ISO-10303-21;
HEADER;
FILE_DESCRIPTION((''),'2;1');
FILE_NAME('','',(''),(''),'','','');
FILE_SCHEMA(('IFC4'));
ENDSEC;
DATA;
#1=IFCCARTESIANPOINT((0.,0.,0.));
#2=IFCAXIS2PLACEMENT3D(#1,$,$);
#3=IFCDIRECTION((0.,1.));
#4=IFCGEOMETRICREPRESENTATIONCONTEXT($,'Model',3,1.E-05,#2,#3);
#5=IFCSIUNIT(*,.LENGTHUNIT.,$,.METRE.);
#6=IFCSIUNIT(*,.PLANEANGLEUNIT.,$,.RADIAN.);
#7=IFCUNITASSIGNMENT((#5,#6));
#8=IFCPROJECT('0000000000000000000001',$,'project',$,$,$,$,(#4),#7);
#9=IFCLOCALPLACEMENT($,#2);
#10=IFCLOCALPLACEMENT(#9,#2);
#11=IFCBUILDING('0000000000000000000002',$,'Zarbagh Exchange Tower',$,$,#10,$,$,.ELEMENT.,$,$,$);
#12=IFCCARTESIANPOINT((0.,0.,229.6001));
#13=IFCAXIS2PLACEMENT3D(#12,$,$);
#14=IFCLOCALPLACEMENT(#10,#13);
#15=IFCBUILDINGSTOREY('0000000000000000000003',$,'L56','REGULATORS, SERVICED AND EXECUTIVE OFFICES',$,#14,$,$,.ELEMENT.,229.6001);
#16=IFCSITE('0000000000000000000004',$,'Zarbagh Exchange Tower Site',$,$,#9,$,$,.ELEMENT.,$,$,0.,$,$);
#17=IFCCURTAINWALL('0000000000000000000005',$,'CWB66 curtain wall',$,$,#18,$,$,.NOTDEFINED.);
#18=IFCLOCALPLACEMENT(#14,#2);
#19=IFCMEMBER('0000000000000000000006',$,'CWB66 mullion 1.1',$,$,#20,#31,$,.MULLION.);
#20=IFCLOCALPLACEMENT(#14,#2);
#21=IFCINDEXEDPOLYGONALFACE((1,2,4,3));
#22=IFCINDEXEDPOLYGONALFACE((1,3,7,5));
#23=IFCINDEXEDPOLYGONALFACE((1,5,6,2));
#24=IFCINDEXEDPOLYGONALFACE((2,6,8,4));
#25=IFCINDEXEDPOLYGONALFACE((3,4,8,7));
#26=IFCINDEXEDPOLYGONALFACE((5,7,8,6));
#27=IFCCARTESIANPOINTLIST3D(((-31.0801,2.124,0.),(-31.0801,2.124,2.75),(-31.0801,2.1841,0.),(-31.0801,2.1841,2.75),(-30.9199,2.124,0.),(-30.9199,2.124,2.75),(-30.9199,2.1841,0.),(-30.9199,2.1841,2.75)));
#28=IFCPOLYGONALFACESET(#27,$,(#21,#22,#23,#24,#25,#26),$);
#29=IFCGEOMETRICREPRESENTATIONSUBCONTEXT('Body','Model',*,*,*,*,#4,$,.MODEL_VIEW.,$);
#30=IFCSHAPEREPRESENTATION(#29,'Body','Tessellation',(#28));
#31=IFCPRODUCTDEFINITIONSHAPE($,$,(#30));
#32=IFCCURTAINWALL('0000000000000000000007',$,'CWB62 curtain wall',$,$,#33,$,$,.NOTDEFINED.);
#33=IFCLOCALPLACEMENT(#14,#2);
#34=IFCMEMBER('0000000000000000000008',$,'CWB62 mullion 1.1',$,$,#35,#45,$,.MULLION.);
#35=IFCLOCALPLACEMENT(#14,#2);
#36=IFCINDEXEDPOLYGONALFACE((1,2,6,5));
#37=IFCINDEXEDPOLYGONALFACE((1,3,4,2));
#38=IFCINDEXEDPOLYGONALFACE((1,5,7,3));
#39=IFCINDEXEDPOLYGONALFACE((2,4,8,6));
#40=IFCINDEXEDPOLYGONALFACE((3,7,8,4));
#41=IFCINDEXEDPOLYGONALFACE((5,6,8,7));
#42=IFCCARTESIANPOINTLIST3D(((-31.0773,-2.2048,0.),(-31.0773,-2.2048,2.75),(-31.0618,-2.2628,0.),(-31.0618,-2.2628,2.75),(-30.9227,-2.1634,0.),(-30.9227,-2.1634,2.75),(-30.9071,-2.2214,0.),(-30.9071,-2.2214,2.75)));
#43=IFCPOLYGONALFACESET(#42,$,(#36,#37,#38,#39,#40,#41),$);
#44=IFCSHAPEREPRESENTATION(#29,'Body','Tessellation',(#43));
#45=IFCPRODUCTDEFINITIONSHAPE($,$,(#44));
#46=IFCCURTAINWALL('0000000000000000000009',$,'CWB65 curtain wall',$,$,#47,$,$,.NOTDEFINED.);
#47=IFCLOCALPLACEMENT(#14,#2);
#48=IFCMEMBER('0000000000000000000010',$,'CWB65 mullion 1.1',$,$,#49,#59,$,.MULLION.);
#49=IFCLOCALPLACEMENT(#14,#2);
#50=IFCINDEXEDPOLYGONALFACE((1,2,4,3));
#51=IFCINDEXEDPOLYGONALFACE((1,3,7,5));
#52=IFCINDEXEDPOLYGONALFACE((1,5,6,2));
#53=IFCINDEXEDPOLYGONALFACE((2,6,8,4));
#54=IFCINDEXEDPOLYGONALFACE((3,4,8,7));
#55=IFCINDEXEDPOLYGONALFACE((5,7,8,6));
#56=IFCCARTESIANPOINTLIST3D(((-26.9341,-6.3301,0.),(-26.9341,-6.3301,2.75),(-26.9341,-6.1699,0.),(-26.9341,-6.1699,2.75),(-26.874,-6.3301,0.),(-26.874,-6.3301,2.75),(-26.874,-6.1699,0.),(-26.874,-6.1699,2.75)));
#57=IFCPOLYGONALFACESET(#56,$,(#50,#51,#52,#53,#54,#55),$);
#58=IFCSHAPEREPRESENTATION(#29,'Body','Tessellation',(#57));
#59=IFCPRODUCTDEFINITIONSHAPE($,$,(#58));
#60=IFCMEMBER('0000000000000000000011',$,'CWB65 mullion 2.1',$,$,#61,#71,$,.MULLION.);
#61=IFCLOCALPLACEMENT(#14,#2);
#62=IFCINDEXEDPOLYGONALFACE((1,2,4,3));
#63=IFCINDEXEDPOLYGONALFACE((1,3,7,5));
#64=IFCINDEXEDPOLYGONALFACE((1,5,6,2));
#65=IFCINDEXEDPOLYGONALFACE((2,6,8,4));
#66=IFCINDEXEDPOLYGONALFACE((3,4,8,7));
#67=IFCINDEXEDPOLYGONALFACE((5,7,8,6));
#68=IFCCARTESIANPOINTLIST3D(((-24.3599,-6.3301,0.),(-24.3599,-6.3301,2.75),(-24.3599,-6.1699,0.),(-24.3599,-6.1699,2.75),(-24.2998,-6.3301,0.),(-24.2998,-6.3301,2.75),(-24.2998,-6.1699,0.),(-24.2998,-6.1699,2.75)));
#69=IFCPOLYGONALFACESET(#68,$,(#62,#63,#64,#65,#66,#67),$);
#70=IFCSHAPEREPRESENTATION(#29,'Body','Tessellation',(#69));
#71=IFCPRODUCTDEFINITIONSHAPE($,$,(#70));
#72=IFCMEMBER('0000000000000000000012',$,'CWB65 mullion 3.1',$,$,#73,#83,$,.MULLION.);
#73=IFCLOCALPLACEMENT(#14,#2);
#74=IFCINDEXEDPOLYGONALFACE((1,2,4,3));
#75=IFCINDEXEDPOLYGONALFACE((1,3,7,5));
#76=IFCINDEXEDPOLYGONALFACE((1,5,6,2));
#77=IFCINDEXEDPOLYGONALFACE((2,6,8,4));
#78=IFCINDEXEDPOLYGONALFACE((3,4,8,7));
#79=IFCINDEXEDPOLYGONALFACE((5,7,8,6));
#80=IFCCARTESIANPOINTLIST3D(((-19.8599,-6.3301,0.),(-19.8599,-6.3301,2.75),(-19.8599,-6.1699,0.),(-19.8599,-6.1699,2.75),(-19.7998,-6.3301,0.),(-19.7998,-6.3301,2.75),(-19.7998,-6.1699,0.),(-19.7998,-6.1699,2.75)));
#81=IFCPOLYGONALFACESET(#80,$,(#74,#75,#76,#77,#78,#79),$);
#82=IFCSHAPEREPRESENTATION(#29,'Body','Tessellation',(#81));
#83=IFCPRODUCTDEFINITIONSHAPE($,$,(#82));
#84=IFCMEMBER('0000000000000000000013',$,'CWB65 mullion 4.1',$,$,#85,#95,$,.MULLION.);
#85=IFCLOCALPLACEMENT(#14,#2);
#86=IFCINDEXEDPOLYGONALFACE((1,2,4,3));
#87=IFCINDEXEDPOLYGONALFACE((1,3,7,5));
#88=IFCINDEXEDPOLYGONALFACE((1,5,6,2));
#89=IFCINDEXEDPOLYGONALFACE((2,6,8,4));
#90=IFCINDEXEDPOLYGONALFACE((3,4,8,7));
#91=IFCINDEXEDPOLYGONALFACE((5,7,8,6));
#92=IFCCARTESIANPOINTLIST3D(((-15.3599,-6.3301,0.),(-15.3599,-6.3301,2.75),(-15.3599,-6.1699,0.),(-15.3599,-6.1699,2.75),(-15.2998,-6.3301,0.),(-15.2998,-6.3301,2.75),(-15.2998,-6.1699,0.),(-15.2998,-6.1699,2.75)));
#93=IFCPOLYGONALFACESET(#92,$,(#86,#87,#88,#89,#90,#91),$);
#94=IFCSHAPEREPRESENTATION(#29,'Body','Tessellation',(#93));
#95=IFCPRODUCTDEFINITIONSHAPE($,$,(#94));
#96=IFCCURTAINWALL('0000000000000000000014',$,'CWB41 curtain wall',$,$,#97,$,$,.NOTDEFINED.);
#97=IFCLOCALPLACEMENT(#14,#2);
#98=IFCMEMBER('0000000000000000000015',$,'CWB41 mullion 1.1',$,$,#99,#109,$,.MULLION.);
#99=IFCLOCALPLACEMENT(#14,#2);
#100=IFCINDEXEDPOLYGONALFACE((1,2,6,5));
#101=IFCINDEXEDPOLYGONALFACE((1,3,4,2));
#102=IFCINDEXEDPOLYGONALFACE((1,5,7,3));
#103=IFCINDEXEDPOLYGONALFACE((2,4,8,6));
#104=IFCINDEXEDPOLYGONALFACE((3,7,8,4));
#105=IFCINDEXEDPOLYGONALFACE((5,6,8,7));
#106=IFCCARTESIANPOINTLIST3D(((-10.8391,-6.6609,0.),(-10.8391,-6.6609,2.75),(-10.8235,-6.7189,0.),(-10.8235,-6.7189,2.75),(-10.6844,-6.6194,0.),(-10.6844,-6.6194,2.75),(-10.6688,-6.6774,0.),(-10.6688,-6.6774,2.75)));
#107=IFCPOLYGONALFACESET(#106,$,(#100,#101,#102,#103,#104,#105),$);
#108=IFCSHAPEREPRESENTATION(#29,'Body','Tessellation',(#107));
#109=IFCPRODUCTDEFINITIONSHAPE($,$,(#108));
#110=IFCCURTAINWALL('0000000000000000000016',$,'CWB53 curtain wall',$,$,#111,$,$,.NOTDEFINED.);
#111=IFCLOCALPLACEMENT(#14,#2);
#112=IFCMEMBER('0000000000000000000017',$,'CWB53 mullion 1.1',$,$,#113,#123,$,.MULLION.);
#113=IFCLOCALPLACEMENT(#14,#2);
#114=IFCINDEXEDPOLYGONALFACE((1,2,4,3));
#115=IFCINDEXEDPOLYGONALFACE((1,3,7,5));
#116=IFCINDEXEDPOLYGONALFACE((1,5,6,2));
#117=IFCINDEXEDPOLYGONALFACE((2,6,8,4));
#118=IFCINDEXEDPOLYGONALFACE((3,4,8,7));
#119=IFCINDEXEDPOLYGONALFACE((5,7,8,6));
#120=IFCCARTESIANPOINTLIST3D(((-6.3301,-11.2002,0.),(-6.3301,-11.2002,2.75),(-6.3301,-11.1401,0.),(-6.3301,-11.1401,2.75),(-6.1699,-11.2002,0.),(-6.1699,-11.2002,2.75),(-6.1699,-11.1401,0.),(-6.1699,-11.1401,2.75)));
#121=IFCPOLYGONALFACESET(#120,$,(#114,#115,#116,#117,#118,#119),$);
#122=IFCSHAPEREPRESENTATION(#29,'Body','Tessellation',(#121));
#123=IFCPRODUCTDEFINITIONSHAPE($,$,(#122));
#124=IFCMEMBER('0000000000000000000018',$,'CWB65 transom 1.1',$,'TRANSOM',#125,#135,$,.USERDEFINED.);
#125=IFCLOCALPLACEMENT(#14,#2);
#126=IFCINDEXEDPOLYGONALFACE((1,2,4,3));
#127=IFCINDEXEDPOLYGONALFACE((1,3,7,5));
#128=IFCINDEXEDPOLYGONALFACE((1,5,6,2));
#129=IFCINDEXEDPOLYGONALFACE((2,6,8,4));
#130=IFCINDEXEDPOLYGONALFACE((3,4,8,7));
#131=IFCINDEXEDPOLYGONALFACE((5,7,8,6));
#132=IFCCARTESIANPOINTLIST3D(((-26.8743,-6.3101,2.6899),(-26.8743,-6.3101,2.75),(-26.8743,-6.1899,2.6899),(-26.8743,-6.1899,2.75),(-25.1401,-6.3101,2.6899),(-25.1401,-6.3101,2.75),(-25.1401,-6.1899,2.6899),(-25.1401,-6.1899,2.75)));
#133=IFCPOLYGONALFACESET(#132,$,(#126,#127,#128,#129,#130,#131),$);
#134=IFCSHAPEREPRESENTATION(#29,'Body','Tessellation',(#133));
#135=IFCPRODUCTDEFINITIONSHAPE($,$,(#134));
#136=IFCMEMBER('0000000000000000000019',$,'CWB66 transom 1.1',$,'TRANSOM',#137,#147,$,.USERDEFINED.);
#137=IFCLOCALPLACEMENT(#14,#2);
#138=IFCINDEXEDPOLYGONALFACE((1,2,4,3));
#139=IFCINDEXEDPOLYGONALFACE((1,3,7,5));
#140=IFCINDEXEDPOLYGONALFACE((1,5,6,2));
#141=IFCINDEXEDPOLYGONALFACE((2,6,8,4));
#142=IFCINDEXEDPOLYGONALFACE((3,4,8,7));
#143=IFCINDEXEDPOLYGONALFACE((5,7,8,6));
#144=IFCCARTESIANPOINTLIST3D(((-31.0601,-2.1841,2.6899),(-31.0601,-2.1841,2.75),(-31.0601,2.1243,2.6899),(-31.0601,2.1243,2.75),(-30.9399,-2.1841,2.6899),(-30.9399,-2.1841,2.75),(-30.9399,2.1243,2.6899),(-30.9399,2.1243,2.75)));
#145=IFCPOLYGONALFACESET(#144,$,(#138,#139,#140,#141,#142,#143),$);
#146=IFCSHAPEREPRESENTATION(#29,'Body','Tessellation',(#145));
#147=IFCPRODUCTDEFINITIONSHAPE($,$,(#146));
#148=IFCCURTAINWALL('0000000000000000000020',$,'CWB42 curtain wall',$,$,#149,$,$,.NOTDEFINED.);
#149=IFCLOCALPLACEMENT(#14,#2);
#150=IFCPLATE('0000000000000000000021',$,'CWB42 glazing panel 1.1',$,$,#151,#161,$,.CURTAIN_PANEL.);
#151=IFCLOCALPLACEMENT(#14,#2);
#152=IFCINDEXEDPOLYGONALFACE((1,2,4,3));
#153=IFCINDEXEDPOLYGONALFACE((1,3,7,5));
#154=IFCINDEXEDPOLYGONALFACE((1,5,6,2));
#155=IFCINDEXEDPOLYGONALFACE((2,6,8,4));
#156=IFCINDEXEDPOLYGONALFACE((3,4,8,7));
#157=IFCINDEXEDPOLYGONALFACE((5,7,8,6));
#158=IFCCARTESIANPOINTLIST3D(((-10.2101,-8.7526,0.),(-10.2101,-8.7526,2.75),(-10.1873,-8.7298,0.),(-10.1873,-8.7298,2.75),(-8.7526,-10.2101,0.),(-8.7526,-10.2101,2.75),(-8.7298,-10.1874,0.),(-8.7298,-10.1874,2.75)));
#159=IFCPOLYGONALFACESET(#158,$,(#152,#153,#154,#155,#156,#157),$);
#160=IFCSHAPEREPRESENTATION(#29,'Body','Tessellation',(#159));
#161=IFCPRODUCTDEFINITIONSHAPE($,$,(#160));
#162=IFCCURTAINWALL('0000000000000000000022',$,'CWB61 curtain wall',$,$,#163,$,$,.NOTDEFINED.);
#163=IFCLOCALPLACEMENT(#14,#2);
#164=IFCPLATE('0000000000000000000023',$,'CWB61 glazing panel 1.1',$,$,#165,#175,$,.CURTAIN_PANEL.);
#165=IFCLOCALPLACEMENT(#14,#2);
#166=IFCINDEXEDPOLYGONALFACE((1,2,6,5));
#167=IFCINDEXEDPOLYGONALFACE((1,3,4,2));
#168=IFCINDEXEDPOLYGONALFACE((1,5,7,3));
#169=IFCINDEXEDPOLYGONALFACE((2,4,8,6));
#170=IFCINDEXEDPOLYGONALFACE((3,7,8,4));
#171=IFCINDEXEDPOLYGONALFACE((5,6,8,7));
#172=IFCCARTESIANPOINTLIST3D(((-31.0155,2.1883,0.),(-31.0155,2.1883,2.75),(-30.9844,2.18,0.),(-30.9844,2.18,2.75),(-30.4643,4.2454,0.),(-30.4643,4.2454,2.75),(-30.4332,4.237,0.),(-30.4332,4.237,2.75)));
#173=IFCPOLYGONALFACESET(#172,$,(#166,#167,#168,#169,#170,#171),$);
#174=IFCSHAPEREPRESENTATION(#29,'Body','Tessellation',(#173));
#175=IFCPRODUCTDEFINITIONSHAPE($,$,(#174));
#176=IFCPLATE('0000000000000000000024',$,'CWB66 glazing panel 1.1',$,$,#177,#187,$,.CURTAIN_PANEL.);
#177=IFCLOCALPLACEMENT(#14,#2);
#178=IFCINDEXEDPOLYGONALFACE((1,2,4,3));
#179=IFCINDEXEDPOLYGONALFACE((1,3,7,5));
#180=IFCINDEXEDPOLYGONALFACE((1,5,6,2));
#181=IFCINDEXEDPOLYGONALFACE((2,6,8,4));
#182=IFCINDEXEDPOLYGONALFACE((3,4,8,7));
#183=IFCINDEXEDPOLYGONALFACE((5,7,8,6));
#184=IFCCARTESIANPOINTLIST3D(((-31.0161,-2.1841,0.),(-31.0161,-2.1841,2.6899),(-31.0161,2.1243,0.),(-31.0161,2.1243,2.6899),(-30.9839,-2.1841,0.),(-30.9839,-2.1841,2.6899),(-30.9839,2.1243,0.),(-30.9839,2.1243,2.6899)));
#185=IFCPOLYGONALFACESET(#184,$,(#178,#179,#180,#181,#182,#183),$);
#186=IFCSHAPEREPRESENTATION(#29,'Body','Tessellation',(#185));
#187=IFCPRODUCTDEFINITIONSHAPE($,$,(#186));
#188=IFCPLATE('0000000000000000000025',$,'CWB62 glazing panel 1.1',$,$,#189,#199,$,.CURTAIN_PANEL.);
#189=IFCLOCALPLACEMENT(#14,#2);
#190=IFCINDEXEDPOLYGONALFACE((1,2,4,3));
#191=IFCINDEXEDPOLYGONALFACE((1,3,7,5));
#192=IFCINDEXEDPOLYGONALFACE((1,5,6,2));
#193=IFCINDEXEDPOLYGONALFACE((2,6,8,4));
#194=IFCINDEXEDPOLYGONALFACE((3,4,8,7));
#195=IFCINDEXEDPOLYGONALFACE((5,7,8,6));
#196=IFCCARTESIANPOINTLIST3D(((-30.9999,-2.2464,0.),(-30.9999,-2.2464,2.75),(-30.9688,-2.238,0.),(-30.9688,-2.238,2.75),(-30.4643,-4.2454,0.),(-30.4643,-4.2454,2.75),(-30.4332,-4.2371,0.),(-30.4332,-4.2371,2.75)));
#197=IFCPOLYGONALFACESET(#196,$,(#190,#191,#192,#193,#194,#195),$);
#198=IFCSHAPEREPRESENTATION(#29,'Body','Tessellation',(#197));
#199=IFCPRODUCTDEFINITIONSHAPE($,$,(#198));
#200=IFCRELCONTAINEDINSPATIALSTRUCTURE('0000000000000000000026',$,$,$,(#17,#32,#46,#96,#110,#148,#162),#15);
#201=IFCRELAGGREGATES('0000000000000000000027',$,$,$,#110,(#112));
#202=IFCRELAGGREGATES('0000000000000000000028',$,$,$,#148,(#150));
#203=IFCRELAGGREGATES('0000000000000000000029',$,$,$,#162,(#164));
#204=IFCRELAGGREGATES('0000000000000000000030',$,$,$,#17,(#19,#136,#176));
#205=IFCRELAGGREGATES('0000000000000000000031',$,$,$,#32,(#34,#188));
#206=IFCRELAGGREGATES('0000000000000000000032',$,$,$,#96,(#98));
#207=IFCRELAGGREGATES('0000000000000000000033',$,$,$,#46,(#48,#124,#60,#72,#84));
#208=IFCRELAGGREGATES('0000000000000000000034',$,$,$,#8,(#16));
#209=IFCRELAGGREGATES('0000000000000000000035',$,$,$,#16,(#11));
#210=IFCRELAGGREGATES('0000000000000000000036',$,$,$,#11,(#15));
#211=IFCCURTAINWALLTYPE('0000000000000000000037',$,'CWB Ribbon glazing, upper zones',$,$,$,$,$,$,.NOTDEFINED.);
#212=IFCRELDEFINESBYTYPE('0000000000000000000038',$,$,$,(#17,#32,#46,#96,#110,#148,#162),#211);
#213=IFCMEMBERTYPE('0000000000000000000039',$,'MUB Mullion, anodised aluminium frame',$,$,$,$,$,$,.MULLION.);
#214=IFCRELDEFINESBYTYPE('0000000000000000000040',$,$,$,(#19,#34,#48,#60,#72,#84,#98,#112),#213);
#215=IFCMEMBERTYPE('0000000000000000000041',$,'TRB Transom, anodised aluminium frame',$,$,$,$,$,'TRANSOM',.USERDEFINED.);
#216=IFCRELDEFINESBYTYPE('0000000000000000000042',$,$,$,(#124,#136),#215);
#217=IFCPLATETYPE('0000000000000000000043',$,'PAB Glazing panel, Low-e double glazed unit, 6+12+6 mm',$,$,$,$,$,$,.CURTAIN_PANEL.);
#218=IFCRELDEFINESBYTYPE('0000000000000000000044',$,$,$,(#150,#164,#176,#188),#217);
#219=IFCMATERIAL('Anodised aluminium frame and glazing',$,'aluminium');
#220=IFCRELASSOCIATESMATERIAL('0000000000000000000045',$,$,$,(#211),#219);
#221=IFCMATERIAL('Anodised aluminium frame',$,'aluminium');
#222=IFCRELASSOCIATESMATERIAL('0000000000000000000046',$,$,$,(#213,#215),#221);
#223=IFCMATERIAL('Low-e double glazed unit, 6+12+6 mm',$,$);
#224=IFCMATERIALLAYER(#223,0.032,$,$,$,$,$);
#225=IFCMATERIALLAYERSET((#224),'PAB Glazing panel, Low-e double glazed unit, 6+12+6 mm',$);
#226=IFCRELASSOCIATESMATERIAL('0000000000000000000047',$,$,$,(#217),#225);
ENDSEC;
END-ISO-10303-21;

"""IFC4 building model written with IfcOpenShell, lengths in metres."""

from ifc_helpers import new_model, si_unit, direction, frame, origin, place, context, subcontext, project, spatial, polyline, outline, extrude, source, transform, mapped, material, layer, layer_set, type_object, element, aggregate, save


model = new_model("IFC4")

# Units and contexts
model_context = context("Model", 3, precision=1e-05, world=origin(), true_north=direction((0.0, 1.0)))
body_context = subcontext(model_context, "Body", "Model", "MODEL_VIEW")
ifc_project = project(units=[si_unit("LENGTHUNIT", "METRE"), si_unit("PLANEANGLEUNIT", "RADIAN")], contexts=[model_context])

# Site, building, storey
site_placement = place(None, origin())
site = spatial("IfcSite", under=ifc_project, at=site_placement, Name="Zarbagh Exchange Tower Site", CompositionType="ELEMENT", RefElevation=0.0)
building_placement = place(site_placement, origin())
building = spatial("IfcBuilding", under=site, at=building_placement, Name="Zarbagh Exchange Tower", CompositionType="ELEMENT")
storey_placement = place(building_placement, frame((0.0, 0.0, 229.6001)))
storey = spatial("IfcBuildingStorey", under=building, at=storey_placement, Name="L56", Description="REGULATORS, SERVICED AND EXECUTIVE OFFICES", CompositionType="ELEMENT", Elevation=229.6001)

# Curtain walls, members
ifc_material_1 = material(Name="Anodised aluminium frame and glazing", Category="aluminium")
curtain_wall_type = type_object("IfcCurtainWallType", Name="CWB Ribbon glazing, upper zones", PredefinedType="NOTDEFINED", material=ifc_material_1)
curtain_wall_1_placement = place(storey_placement, origin())
curtain_wall_1 = element("IfcCurtainWall", 1, at=curtain_wall_1_placement, inside=storey, type_object=curtain_wall_type, Name="CWB66 curtain wall", PredefinedType="NOTDEFINED")
ifc_material_2 = material(Name="Anodised aluminium frame", Category="aluminium")
member_type_1 = type_object("IfcMemberType", Name="MUB Mullion, anodised aluminium frame", PredefinedType="MULLION", material=ifc_material_2)
shared_shape_1 = source(origin(), body_context, "Body", "SweptSolid", [
    extrude(outline(polyline([(0.0, -0.0801), (0.0601, -0.0801), (0.0601, 0.0801), (0.0, 0.0801), (0.0, -0.0801)])), origin(), (0.0, 0.0, 1.0), 2.75),
])
placement = place(storey_placement, origin())
member_1 = element("IfcMember", 2, at=placement, type_object=member_type_1, Name="CWB66 mullion 1.1", PredefinedType="MULLION", context=body_context, shape_type="MappedRepresentation", body=[
    mapped(shared_shape_1, transform((-31.0, 2.1841, 0.0), x_axis=(0.0, -1.0, 0.0), y_axis=(1.0, 0.0, 0.0), z_axis=(0.0, 0.0, 1.0))),
])
curtain_wall_2_placement = place(storey_placement, origin())
curtain_wall_2 = element("IfcCurtainWall", 3, at=curtain_wall_2_placement, inside=storey, type_object=curtain_wall_type, Name="CWB62 curtain wall", PredefinedType="NOTDEFINED")
member_2 = element("IfcMember", 4, at=placement, type_object=member_type_1, Name="CWB62 mullion 1.1", PredefinedType="MULLION", context=body_context, shape_type="MappedRepresentation", body=[
    mapped(shared_shape_1, transform((-31.0, -2.1841, 0.0), x_axis=(0.258825, -0.965924, 0.0), y_axis=(0.965924, 0.258825, 0.0), z_axis=(0.0, 0.0, 1.0))),
])

# Curtain wall, members
curtain_wall_3_placement = place(storey_placement, origin())
curtain_wall_3 = element("IfcCurtainWall", 5, at=curtain_wall_3_placement, inside=storey, type_object=curtain_wall_type, Name="CWB65 curtain wall", PredefinedType="NOTDEFINED")
member_3 = element("IfcMember", 6, at=placement, type_object=member_type_1, Name="CWB65 mullion 1.1", PredefinedType="MULLION", context=body_context, shape_type="MappedRepresentation", body=[
    mapped(shared_shape_1, transform((-26.9341, -6.25, 0.0), x_axis=(1.0, 0.0, 0.0), y_axis=(0.0, 1.0, 0.0), z_axis=(0.0, 0.0, 1.0))),
])
member_4 = element("IfcMember", 7, at=placement, type_object=member_type_1, Name="CWB65 mullion 2.1", PredefinedType="MULLION", context=body_context, shape_type="MappedRepresentation", body=[
    mapped(shared_shape_1, transform((-24.3599, -6.25, 0.0), x_axis=(1.0, 0.0, 0.0), y_axis=(0.0, 1.0, 0.0), z_axis=(0.0, 0.0, 1.0))),
])
member_5 = element("IfcMember", 8, at=placement, type_object=member_type_1, Name="CWB65 mullion 3.1", PredefinedType="MULLION", context=body_context, shape_type="MappedRepresentation", body=[
    mapped(shared_shape_1, transform((-19.8599, -6.25, 0.0), x_axis=(1.0, 0.0, 0.0), y_axis=(0.0, 1.0, 0.0), z_axis=(0.0, 0.0, 1.0))),
])
member_6 = element("IfcMember", 9, at=placement, type_object=member_type_1, Name="CWB65 mullion 4.1", PredefinedType="MULLION", context=body_context, shape_type="MappedRepresentation", body=[
    mapped(shared_shape_1, transform((-15.3599, -6.25, 0.0), x_axis=(1.0, 0.0, 0.0), y_axis=(0.0, 1.0, 0.0), z_axis=(0.0, 0.0, 1.0))),
])

# Curtain walls, members
curtain_wall_4_placement = place(storey_placement, origin())
curtain_wall_4 = element("IfcCurtainWall", 10, at=curtain_wall_4_placement, inside=storey, type_object=curtain_wall_type, Name="CWB41 curtain wall", PredefinedType="NOTDEFINED")
member_7 = element("IfcMember", 11, at=placement, type_object=member_type_1, Name="CWB41 mullion 1.1", PredefinedType="MULLION", context=body_context, shape_type="MappedRepresentation", body=[
    mapped(shared_shape_1, transform((-10.7617, -6.6401, 0.0), x_axis=(0.258825, -0.965924, 0.0), y_axis=(0.965924, 0.258825, 0.0), z_axis=(0.0, 0.0, 1.0))),
])
curtain_wall_5_placement = place(storey_placement, origin())
curtain_wall_5 = element("IfcCurtainWall", 12, at=curtain_wall_5_placement, inside=storey, type_object=curtain_wall_type, Name="CWB53 curtain wall", PredefinedType="NOTDEFINED")
member_8 = element("IfcMember", 13, at=placement, type_object=member_type_1, Name="CWB53 mullion 1.1", PredefinedType="MULLION", context=body_context, shape_type="MappedRepresentation", body=[
    mapped(shared_shape_1, transform((-6.25, -11.1401, 0.0), x_axis=(0.0, -1.0, 0.0), y_axis=(1.0, 0.0, 0.0), z_axis=(0.0, 0.0, 1.0))),
])
aggregate(curtain_wall_5, [member_8])

# Members
member_type_2 = type_object("IfcMemberType", Name="TRB Transom, anodised aluminium frame", ElementType="TRANSOM", PredefinedType="USERDEFINED", material=ifc_material_2)
shared_shape_2 = source(origin(), body_context, "Body", "SweptSolid", [
    extrude(outline(polyline([(-0.0601, -0.0601), (0.0, -0.0601), (0.0, 0.0601), (-0.0601, 0.0601), (-0.0601, -0.0601)])), origin(), (0.0, 0.0, 1.0), 1.7341),
])
member_9 = element("IfcMember", 14, at=placement, type_object=member_type_2, Name="CWB65 transom 1.1", ObjectType="TRANSOM", PredefinedType="USERDEFINED", context=body_context, shape_type="MappedRepresentation", body=[
    mapped(shared_shape_2, transform((-26.8743, -6.25, 2.75), x_axis=(0.0, 0.0, 1.0), y_axis=(0.0, -1.0, 0.0), z_axis=(1.0, 0.0, 0.0))),
])
shared_shape_3 = source(origin(), body_context, "Body", "SweptSolid", [
    extrude(outline(polyline([(-0.0601, -0.0601), (0.0, -0.0601), (0.0, 0.0601), (-0.0601, 0.0601), (-0.0601, -0.0601)])), origin(), (0.0, 0.0, 1.0), 4.3083),
])
member_10 = element("IfcMember", 15, at=placement, type_object=member_type_2, Name="CWB66 transom 1.1", ObjectType="TRANSOM", PredefinedType="USERDEFINED", context=body_context, shape_type="MappedRepresentation", body=[
    mapped(shared_shape_3, transform((-31.0, 2.1243, 2.75), x_axis=(0.0, 0.0, 1.0), y_axis=(-1.0, 0.0, 0.0), z_axis=(0.0, -1.0, 0.0))),
])

# Curtain walls, plates
curtain_wall_6_placement = place(storey_placement, origin())
curtain_wall_6 = element("IfcCurtainWall", 16, at=curtain_wall_6_placement, inside=storey, type_object=curtain_wall_type, Name="CWB42 curtain wall", PredefinedType="NOTDEFINED")
ifc_material_3 = material(Name="Low-e double glazed unit, 6+12+6 mm")
ifc_layer = layer(ifc_material_3, 0.032)
ifc_layer_set = layer_set([ifc_layer], Name="PAB Glazing panel, Low-e double glazed unit, 6+12+6 mm")
plate_type = type_object("IfcPlateType", Name="PAB Glazing panel, Low-e double glazed unit, 6+12+6 mm", PredefinedType="CURTAIN_PANEL", material=ifc_layer_set)
shared_shape_4 = source(origin(), body_context, "Body", "SweptSolid", [
    extrude(outline(polyline([(0.0, -0.0161), (2.0613, -0.0161), (2.0613, 0.0161), (0.0, 0.0161), (0.0, -0.0161)])), origin(), (0.0, 0.0, 1.0), 2.75),
])
plate_1 = element("IfcPlate", 17, at=placement, type_object=plate_type, Name="CWB42 glazing panel 1.1", PredefinedType="CURTAIN_PANEL", context=body_context, shape_type="MappedRepresentation", body=[
    mapped(shared_shape_4, transform((-10.1987, -8.7412, 0.0), x_axis=(0.707107, -0.707107, 0.0), y_axis=(0.707107, 0.707107, 0.0), z_axis=(0.0, 0.0, 1.0))),
])
aggregate(curtain_wall_6, [plate_1])
curtain_wall_7_placement = place(storey_placement, origin())
curtain_wall_7 = element("IfcCurtainWall", 18, at=curtain_wall_7_placement, inside=storey, type_object=curtain_wall_type, Name="CWB61 curtain wall", PredefinedType="NOTDEFINED")
shared_shape_5 = source(origin(), body_context, "Body", "SweptSolid", [
    extrude(outline(polyline([(0.0, -0.0161), (2.1296, -0.0161), (2.1296, 0.0161), (0.0, 0.0161), (0.0, -0.0161)])), origin(), (0.0, 0.0, 1.0), 2.75),
])
plate_2 = element("IfcPlate", 19, at=placement, type_object=plate_type, Name="CWB61 glazing panel 1.1", PredefinedType="CURTAIN_PANEL", context=body_context, shape_type="MappedRepresentation", body=[
    mapped(shared_shape_5, transform((-30.4487, 4.2412, 0.0), x_axis=(-0.258825, -0.965924, 0.0), y_axis=(0.965924, -0.258825, 0.0), z_axis=(0.0, 0.0, 1.0))),
])
aggregate(curtain_wall_7, [plate_2])

# Plates
shared_shape_6 = source(origin(), body_context, "Body", "SweptSolid", [
    extrude(outline(polyline([(0.0, -0.0161), (4.3083, -0.0161), (4.3083, 0.0161), (0.0, 0.0161), (0.0, -0.0161)])), origin(), (0.0, 0.0, 1.0), 2.6899),
])
plate_3 = element("IfcPlate", 20, at=placement, type_object=plate_type, Name="CWB66 glazing panel 1.1", PredefinedType="CURTAIN_PANEL", context=body_context, shape_type="MappedRepresentation", body=[
    mapped(shared_shape_6, transform((-31.0, 2.1243, 0.0), x_axis=(0.0, -1.0, 0.0), y_axis=(1.0, 0.0, 0.0), z_axis=(0.0, 0.0, 1.0))),
])
aggregate(curtain_wall_1, [member_1, member_10, plate_3])
shared_shape_7 = source(origin(), body_context, "Body", "SweptSolid", [
    extrude(outline(polyline([(0.0, -0.0161), (2.0696, -0.0161), (2.0696, 0.0161), (0.0, 0.0161), (0.0, -0.0161)])), origin(), (0.0, 0.0, 1.0), 2.75),
])
plate_4 = element("IfcPlate", 21, at=placement, type_object=plate_type, Name="CWB62 glazing panel 1.1", PredefinedType="CURTAIN_PANEL", context=body_context, shape_type="MappedRepresentation", body=[
    mapped(shared_shape_7, transform((-30.9844, -2.2422, 0.0), x_axis=(0.258825, -0.965924, 0.0), y_axis=(0.965924, 0.258825, 0.0), z_axis=(0.0, 0.0, 1.0))),
])
aggregate(curtain_wall_2, [member_2, plate_4])
aggregate(curtain_wall_4, [member_7])

aggregate(curtain_wall_3, [member_3, member_9, member_4, member_5, member_6])

save(model, "model.ifc")
